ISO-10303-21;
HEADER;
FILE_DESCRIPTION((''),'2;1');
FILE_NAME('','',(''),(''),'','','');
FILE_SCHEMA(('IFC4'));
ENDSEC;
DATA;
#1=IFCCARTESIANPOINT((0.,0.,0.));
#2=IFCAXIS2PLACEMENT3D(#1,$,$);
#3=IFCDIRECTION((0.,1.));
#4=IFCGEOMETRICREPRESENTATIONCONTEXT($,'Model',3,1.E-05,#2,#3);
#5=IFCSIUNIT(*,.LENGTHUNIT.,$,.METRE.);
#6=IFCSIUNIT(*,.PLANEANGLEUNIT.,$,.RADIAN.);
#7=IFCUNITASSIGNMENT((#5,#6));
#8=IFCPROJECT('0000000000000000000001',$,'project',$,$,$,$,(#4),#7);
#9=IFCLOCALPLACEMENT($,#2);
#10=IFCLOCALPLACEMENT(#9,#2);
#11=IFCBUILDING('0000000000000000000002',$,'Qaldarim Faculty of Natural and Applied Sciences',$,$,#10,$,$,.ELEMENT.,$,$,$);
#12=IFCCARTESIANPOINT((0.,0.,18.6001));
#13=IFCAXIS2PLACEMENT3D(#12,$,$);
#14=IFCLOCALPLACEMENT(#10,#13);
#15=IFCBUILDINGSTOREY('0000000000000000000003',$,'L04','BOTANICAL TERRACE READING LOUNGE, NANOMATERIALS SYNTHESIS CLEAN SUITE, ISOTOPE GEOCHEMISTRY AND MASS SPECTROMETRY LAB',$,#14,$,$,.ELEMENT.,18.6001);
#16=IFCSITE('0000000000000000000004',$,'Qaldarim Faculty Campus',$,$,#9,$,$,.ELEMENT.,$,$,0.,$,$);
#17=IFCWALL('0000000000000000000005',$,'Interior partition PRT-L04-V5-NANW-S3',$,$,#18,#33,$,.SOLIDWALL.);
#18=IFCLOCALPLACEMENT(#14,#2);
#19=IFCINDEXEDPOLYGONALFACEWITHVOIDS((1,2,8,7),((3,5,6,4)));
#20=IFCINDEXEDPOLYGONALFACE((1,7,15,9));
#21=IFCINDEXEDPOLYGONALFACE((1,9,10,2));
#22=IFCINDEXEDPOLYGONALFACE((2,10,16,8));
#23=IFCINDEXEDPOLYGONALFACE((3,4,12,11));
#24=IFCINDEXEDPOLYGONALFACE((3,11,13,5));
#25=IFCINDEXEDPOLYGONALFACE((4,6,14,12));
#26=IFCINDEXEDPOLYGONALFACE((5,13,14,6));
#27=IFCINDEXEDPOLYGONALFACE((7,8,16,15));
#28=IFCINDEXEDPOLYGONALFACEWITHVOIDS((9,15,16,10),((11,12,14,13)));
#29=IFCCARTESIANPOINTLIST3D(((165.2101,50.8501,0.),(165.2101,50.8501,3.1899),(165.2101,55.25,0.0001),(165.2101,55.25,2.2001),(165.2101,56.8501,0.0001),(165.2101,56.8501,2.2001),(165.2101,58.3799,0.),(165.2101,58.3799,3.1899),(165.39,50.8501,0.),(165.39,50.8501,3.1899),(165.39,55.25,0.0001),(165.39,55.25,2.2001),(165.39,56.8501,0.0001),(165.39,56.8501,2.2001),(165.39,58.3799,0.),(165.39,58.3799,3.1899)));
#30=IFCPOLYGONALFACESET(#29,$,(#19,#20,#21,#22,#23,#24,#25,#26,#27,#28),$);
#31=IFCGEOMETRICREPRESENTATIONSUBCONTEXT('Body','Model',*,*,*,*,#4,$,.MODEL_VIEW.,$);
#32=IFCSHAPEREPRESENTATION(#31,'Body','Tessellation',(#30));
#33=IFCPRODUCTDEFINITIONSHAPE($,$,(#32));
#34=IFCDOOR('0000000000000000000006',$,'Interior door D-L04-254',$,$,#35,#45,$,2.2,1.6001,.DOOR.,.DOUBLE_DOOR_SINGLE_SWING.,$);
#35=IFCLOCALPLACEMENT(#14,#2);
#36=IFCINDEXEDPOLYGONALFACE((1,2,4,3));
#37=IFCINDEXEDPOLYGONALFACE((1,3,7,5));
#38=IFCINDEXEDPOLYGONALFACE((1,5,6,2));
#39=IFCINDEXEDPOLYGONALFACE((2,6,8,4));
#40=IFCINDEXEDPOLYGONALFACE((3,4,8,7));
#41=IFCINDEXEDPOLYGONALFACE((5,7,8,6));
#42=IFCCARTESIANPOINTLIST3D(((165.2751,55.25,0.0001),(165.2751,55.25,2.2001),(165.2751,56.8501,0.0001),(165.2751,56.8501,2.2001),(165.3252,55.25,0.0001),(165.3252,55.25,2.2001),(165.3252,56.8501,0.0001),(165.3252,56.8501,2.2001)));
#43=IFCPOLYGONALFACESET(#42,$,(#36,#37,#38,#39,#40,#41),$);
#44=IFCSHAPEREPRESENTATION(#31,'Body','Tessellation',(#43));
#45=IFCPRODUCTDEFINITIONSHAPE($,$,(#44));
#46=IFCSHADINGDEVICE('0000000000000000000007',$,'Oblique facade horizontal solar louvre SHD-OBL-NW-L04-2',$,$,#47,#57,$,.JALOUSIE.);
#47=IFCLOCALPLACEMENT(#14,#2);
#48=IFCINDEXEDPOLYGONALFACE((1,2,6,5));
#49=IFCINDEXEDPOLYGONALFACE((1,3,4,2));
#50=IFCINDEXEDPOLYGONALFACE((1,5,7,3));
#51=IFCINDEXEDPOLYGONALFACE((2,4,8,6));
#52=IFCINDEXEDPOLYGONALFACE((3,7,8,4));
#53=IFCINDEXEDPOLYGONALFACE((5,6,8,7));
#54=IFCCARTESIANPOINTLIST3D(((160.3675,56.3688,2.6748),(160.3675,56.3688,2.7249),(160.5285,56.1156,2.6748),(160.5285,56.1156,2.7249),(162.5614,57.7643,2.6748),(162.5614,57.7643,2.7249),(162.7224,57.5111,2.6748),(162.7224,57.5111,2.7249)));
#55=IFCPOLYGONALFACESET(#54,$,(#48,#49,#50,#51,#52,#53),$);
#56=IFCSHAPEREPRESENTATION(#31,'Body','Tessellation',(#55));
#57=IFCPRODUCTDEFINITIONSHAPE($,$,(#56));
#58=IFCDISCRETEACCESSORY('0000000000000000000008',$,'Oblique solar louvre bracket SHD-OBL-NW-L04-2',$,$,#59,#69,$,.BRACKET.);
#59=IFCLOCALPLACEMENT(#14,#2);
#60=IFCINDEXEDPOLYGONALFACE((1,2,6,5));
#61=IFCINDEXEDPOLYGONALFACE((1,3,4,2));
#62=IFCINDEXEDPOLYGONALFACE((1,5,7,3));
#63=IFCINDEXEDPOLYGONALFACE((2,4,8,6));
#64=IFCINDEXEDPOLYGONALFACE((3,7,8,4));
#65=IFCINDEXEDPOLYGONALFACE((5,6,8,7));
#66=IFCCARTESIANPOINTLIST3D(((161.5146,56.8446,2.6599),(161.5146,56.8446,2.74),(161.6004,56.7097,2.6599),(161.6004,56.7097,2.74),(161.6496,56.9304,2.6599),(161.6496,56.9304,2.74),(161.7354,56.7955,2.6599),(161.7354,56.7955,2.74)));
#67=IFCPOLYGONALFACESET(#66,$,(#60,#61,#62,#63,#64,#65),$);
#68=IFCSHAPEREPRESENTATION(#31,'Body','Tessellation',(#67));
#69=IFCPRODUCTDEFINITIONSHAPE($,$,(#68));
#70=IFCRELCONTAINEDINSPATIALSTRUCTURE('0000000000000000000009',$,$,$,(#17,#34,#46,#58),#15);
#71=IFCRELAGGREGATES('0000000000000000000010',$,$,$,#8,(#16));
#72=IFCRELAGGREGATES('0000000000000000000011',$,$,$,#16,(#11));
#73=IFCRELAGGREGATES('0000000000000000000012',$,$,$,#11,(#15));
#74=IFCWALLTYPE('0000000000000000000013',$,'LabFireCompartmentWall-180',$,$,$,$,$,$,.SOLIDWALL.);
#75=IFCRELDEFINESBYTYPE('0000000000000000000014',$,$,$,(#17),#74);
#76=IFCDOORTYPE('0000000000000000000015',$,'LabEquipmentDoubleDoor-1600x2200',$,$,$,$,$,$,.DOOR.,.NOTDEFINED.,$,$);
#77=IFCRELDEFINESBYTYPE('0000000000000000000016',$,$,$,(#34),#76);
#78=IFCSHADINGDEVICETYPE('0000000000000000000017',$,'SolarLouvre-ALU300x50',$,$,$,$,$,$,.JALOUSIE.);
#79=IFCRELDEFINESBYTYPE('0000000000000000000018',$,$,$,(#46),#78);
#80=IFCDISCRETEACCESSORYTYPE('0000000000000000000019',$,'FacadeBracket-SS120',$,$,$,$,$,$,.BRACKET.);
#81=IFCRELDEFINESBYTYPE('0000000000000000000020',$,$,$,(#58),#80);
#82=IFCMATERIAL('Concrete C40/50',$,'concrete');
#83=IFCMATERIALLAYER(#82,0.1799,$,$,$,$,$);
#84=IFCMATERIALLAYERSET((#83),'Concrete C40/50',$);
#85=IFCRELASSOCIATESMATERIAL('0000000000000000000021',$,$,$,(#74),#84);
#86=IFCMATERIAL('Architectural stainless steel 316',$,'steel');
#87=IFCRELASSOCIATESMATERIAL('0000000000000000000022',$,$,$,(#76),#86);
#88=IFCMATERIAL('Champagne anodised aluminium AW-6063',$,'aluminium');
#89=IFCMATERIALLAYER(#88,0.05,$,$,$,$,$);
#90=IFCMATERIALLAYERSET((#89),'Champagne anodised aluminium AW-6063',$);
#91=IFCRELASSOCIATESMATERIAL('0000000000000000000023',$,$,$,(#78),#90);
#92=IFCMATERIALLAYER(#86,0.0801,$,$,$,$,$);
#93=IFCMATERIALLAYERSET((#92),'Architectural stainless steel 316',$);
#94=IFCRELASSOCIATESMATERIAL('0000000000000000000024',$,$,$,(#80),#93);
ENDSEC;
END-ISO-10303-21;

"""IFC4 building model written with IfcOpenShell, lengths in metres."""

from ifc_helpers import new_model, si_unit, direction, frame, frame_2d, origin, origin_2d, place, context, subcontext, project, spatial, rectangle, extrude, material, layer, layer_set, type_object, element, fill, save


model = new_model("IFC4")

# Units and contexts
model_context = context("Model", 3, precision=1e-05, world=origin(), true_north=direction((0.0, 1.0)))
body_context = subcontext(model_context, "Body", "Model", "MODEL_VIEW")
ifc_project = project(units=[si_unit("LENGTHUNIT", "METRE"), si_unit("PLANEANGLEUNIT", "RADIAN")], contexts=[model_context])

# Site, building, storey
site_placement = place(None, origin())
site = spatial("IfcSite", under=ifc_project, at=site_placement, Name="Qaldarim Faculty Campus", CompositionType="ELEMENT", RefElevation=0.0)
building_placement = place(site_placement, origin())
building = spatial("IfcBuilding", under=site, at=building_placement, Name="Qaldarim Faculty of Natural and Applied Sciences", CompositionType="ELEMENT")
storey_placement = place(building_placement, frame((0.0, 0.0, 18.6001)))
storey = spatial("IfcBuildingStorey", under=building, at=storey_placement, Name="L04", Description="BOTANICAL TERRACE READING LOUNGE, NANOMATERIALS SYNTHESIS CLEAN SUITE, ISOTOPE GEOCHEMISTRY AND MASS SPECTROMETRY LAB", CompositionType="ELEMENT", Elevation=18.6001)

# Shared definitions
ifc_material_1 = material(Name="Concrete C40/50", Category="concrete")

# Shared definitions
ifc_material_2 = material(Name="Architectural stainless steel 316", Category="steel")

# Wall, opening, door
ifc_layer_1 = layer(ifc_material_1, 0.1799)
ifc_layer_set_1 = layer_set([ifc_layer_1], Name="Concrete C40/50")
wall_type_1 = type_object("IfcWallType", Name="LabFireCompartmentWall-180", PredefinedType="SOLIDWALL", material=ifc_layer_set_1)
wall_1_placement = place(storey_placement, frame((165.3, 50.8501, 0.0), z_axis=(0.0, 0.0, 1.0), x_axis=(0.0, 1.0, 0.0)))
wall_1 = element("IfcWall", 1, at=wall_1_placement, inside=storey, type_object=wall_type_1, Name="Interior partition PRT-L04-V5-NANW-S3", PredefinedType="SOLIDWALL", context=body_context, shape_type="SweptSolid", body=[
    extrude(rectangle(XDim=7.5298, YDim=0.1799, at=frame_2d((3.7649, 0.0))), origin(), (0.0, 0.0, 1.0), 3.1899),
])
opening_1_placement = place(wall_1_placement, frame((4.3999, 0.0, 0.0)))
opening_1 = element("IfcOpeningElement", 2, at=opening_1_placement, cuts=wall_1, PredefinedType="OPENING", context=body_context, shape_type="SweptSolid", body=[
    extrude(rectangle(XDim=1.6001, YDim=2.2, at=frame_2d((0.8, 1.1001))), frame((0.0, 0.0999, 0.0), z_axis=(0.0, -1.0, 0.0), x_axis=(1.0, 0.0, 0.0)), (0.0, 0.0, 1.0), 0.2),
])
door_type_1 = type_object("IfcDoorType", Name="LabEquipmentDoubleDoor-1600x2200", OperationType="NOTDEFINED", PredefinedType="DOOR", material=ifc_material_2)
door_1_placement = place(opening_1_placement, origin())
door_1 = element("IfcDoor", 3, at=door_1_placement, inside=storey, type_object=door_type_1, Name="Interior door D-L04-254", OperationType="DOUBLE_DOOR_SINGLE_SWING", OverallHeight=2.2, OverallWidth=1.6001, PredefinedType="DOOR", context=body_context, shape_type="SweptSolid", body=[
    extrude(rectangle(XDim=1.6001, YDim=2.2, at=frame_2d((0.8, 1.1001))), frame((0.0, 0.0249, 0.0), z_axis=(0.0, -1.0, 0.0), x_axis=(1.0, 0.0, 0.0)), (0.0, 0.0, 1.0), 0.05),
])
fill(opening_1, door_1)

# Shading device
ifc_material_3 = material(Name="Champagne anodised aluminium AW-6063", Category="aluminium")
ifc_layer_2 = layer(ifc_material_3, 0.05)
ifc_layer_set_2 = layer_set([ifc_layer_2], Name="Champagne anodised aluminium AW-6063")
shading_device_type = type_object("IfcShadingDeviceType", Name="SolarLouvre-ALU300x50", PredefinedType="JALOUSIE", material=ifc_layer_set_2)
shading_device_placement = place(storey_placement, frame((161.5449, 56.9399, 2.6748), z_axis=(0.0, 0.0, 1.0), x_axis=(0.843776, 0.536696, 0.0)))
element("IfcShadingDevice", 4, at=shading_device_placement, inside=storey, type_object=shading_device_type, Name="Oblique facade horizontal solar louvre SHD-OBL-NW-L04-2", PredefinedType="JALOUSIE", context=body_context, shape_type="SweptSolid", body=[
    extrude(rectangle(XDim=2.6001, YDim=0.3, at=origin_2d()), origin(), (0.0, 0.0, 1.0), 0.05),
])

# Discrete accessory
ifc_layer_3 = layer(ifc_material_2, 0.0801)
ifc_layer_set_3 = layer_set([ifc_layer_3], Name="Architectural stainless steel 316")
discrete_accessory_type = type_object("IfcDiscreteAccessoryType", Name="FacadeBracket-SS120", PredefinedType="BRACKET", material=ifc_layer_set_3)
discrete_accessory_placement = place(storey_placement, frame((161.625, 56.8201, 2.6599), z_axis=(0.0, 0.0, 1.0), x_axis=(0.843776, 0.536696, 0.0)))
element("IfcDiscreteAccessory", 5, at=discrete_accessory_placement, inside=storey, type_object=discrete_accessory_type, Name="Oblique solar louvre bracket SHD-OBL-NW-L04-2", PredefinedType="BRACKET", context=body_context, shape_type="SweptSolid", body=[
    extrude(rectangle(XDim=0.1599, YDim=0.1599, at=origin_2d()), origin(), (0.0, 0.0, 1.0), 0.0801),
])

save(model, "model.ifc")
